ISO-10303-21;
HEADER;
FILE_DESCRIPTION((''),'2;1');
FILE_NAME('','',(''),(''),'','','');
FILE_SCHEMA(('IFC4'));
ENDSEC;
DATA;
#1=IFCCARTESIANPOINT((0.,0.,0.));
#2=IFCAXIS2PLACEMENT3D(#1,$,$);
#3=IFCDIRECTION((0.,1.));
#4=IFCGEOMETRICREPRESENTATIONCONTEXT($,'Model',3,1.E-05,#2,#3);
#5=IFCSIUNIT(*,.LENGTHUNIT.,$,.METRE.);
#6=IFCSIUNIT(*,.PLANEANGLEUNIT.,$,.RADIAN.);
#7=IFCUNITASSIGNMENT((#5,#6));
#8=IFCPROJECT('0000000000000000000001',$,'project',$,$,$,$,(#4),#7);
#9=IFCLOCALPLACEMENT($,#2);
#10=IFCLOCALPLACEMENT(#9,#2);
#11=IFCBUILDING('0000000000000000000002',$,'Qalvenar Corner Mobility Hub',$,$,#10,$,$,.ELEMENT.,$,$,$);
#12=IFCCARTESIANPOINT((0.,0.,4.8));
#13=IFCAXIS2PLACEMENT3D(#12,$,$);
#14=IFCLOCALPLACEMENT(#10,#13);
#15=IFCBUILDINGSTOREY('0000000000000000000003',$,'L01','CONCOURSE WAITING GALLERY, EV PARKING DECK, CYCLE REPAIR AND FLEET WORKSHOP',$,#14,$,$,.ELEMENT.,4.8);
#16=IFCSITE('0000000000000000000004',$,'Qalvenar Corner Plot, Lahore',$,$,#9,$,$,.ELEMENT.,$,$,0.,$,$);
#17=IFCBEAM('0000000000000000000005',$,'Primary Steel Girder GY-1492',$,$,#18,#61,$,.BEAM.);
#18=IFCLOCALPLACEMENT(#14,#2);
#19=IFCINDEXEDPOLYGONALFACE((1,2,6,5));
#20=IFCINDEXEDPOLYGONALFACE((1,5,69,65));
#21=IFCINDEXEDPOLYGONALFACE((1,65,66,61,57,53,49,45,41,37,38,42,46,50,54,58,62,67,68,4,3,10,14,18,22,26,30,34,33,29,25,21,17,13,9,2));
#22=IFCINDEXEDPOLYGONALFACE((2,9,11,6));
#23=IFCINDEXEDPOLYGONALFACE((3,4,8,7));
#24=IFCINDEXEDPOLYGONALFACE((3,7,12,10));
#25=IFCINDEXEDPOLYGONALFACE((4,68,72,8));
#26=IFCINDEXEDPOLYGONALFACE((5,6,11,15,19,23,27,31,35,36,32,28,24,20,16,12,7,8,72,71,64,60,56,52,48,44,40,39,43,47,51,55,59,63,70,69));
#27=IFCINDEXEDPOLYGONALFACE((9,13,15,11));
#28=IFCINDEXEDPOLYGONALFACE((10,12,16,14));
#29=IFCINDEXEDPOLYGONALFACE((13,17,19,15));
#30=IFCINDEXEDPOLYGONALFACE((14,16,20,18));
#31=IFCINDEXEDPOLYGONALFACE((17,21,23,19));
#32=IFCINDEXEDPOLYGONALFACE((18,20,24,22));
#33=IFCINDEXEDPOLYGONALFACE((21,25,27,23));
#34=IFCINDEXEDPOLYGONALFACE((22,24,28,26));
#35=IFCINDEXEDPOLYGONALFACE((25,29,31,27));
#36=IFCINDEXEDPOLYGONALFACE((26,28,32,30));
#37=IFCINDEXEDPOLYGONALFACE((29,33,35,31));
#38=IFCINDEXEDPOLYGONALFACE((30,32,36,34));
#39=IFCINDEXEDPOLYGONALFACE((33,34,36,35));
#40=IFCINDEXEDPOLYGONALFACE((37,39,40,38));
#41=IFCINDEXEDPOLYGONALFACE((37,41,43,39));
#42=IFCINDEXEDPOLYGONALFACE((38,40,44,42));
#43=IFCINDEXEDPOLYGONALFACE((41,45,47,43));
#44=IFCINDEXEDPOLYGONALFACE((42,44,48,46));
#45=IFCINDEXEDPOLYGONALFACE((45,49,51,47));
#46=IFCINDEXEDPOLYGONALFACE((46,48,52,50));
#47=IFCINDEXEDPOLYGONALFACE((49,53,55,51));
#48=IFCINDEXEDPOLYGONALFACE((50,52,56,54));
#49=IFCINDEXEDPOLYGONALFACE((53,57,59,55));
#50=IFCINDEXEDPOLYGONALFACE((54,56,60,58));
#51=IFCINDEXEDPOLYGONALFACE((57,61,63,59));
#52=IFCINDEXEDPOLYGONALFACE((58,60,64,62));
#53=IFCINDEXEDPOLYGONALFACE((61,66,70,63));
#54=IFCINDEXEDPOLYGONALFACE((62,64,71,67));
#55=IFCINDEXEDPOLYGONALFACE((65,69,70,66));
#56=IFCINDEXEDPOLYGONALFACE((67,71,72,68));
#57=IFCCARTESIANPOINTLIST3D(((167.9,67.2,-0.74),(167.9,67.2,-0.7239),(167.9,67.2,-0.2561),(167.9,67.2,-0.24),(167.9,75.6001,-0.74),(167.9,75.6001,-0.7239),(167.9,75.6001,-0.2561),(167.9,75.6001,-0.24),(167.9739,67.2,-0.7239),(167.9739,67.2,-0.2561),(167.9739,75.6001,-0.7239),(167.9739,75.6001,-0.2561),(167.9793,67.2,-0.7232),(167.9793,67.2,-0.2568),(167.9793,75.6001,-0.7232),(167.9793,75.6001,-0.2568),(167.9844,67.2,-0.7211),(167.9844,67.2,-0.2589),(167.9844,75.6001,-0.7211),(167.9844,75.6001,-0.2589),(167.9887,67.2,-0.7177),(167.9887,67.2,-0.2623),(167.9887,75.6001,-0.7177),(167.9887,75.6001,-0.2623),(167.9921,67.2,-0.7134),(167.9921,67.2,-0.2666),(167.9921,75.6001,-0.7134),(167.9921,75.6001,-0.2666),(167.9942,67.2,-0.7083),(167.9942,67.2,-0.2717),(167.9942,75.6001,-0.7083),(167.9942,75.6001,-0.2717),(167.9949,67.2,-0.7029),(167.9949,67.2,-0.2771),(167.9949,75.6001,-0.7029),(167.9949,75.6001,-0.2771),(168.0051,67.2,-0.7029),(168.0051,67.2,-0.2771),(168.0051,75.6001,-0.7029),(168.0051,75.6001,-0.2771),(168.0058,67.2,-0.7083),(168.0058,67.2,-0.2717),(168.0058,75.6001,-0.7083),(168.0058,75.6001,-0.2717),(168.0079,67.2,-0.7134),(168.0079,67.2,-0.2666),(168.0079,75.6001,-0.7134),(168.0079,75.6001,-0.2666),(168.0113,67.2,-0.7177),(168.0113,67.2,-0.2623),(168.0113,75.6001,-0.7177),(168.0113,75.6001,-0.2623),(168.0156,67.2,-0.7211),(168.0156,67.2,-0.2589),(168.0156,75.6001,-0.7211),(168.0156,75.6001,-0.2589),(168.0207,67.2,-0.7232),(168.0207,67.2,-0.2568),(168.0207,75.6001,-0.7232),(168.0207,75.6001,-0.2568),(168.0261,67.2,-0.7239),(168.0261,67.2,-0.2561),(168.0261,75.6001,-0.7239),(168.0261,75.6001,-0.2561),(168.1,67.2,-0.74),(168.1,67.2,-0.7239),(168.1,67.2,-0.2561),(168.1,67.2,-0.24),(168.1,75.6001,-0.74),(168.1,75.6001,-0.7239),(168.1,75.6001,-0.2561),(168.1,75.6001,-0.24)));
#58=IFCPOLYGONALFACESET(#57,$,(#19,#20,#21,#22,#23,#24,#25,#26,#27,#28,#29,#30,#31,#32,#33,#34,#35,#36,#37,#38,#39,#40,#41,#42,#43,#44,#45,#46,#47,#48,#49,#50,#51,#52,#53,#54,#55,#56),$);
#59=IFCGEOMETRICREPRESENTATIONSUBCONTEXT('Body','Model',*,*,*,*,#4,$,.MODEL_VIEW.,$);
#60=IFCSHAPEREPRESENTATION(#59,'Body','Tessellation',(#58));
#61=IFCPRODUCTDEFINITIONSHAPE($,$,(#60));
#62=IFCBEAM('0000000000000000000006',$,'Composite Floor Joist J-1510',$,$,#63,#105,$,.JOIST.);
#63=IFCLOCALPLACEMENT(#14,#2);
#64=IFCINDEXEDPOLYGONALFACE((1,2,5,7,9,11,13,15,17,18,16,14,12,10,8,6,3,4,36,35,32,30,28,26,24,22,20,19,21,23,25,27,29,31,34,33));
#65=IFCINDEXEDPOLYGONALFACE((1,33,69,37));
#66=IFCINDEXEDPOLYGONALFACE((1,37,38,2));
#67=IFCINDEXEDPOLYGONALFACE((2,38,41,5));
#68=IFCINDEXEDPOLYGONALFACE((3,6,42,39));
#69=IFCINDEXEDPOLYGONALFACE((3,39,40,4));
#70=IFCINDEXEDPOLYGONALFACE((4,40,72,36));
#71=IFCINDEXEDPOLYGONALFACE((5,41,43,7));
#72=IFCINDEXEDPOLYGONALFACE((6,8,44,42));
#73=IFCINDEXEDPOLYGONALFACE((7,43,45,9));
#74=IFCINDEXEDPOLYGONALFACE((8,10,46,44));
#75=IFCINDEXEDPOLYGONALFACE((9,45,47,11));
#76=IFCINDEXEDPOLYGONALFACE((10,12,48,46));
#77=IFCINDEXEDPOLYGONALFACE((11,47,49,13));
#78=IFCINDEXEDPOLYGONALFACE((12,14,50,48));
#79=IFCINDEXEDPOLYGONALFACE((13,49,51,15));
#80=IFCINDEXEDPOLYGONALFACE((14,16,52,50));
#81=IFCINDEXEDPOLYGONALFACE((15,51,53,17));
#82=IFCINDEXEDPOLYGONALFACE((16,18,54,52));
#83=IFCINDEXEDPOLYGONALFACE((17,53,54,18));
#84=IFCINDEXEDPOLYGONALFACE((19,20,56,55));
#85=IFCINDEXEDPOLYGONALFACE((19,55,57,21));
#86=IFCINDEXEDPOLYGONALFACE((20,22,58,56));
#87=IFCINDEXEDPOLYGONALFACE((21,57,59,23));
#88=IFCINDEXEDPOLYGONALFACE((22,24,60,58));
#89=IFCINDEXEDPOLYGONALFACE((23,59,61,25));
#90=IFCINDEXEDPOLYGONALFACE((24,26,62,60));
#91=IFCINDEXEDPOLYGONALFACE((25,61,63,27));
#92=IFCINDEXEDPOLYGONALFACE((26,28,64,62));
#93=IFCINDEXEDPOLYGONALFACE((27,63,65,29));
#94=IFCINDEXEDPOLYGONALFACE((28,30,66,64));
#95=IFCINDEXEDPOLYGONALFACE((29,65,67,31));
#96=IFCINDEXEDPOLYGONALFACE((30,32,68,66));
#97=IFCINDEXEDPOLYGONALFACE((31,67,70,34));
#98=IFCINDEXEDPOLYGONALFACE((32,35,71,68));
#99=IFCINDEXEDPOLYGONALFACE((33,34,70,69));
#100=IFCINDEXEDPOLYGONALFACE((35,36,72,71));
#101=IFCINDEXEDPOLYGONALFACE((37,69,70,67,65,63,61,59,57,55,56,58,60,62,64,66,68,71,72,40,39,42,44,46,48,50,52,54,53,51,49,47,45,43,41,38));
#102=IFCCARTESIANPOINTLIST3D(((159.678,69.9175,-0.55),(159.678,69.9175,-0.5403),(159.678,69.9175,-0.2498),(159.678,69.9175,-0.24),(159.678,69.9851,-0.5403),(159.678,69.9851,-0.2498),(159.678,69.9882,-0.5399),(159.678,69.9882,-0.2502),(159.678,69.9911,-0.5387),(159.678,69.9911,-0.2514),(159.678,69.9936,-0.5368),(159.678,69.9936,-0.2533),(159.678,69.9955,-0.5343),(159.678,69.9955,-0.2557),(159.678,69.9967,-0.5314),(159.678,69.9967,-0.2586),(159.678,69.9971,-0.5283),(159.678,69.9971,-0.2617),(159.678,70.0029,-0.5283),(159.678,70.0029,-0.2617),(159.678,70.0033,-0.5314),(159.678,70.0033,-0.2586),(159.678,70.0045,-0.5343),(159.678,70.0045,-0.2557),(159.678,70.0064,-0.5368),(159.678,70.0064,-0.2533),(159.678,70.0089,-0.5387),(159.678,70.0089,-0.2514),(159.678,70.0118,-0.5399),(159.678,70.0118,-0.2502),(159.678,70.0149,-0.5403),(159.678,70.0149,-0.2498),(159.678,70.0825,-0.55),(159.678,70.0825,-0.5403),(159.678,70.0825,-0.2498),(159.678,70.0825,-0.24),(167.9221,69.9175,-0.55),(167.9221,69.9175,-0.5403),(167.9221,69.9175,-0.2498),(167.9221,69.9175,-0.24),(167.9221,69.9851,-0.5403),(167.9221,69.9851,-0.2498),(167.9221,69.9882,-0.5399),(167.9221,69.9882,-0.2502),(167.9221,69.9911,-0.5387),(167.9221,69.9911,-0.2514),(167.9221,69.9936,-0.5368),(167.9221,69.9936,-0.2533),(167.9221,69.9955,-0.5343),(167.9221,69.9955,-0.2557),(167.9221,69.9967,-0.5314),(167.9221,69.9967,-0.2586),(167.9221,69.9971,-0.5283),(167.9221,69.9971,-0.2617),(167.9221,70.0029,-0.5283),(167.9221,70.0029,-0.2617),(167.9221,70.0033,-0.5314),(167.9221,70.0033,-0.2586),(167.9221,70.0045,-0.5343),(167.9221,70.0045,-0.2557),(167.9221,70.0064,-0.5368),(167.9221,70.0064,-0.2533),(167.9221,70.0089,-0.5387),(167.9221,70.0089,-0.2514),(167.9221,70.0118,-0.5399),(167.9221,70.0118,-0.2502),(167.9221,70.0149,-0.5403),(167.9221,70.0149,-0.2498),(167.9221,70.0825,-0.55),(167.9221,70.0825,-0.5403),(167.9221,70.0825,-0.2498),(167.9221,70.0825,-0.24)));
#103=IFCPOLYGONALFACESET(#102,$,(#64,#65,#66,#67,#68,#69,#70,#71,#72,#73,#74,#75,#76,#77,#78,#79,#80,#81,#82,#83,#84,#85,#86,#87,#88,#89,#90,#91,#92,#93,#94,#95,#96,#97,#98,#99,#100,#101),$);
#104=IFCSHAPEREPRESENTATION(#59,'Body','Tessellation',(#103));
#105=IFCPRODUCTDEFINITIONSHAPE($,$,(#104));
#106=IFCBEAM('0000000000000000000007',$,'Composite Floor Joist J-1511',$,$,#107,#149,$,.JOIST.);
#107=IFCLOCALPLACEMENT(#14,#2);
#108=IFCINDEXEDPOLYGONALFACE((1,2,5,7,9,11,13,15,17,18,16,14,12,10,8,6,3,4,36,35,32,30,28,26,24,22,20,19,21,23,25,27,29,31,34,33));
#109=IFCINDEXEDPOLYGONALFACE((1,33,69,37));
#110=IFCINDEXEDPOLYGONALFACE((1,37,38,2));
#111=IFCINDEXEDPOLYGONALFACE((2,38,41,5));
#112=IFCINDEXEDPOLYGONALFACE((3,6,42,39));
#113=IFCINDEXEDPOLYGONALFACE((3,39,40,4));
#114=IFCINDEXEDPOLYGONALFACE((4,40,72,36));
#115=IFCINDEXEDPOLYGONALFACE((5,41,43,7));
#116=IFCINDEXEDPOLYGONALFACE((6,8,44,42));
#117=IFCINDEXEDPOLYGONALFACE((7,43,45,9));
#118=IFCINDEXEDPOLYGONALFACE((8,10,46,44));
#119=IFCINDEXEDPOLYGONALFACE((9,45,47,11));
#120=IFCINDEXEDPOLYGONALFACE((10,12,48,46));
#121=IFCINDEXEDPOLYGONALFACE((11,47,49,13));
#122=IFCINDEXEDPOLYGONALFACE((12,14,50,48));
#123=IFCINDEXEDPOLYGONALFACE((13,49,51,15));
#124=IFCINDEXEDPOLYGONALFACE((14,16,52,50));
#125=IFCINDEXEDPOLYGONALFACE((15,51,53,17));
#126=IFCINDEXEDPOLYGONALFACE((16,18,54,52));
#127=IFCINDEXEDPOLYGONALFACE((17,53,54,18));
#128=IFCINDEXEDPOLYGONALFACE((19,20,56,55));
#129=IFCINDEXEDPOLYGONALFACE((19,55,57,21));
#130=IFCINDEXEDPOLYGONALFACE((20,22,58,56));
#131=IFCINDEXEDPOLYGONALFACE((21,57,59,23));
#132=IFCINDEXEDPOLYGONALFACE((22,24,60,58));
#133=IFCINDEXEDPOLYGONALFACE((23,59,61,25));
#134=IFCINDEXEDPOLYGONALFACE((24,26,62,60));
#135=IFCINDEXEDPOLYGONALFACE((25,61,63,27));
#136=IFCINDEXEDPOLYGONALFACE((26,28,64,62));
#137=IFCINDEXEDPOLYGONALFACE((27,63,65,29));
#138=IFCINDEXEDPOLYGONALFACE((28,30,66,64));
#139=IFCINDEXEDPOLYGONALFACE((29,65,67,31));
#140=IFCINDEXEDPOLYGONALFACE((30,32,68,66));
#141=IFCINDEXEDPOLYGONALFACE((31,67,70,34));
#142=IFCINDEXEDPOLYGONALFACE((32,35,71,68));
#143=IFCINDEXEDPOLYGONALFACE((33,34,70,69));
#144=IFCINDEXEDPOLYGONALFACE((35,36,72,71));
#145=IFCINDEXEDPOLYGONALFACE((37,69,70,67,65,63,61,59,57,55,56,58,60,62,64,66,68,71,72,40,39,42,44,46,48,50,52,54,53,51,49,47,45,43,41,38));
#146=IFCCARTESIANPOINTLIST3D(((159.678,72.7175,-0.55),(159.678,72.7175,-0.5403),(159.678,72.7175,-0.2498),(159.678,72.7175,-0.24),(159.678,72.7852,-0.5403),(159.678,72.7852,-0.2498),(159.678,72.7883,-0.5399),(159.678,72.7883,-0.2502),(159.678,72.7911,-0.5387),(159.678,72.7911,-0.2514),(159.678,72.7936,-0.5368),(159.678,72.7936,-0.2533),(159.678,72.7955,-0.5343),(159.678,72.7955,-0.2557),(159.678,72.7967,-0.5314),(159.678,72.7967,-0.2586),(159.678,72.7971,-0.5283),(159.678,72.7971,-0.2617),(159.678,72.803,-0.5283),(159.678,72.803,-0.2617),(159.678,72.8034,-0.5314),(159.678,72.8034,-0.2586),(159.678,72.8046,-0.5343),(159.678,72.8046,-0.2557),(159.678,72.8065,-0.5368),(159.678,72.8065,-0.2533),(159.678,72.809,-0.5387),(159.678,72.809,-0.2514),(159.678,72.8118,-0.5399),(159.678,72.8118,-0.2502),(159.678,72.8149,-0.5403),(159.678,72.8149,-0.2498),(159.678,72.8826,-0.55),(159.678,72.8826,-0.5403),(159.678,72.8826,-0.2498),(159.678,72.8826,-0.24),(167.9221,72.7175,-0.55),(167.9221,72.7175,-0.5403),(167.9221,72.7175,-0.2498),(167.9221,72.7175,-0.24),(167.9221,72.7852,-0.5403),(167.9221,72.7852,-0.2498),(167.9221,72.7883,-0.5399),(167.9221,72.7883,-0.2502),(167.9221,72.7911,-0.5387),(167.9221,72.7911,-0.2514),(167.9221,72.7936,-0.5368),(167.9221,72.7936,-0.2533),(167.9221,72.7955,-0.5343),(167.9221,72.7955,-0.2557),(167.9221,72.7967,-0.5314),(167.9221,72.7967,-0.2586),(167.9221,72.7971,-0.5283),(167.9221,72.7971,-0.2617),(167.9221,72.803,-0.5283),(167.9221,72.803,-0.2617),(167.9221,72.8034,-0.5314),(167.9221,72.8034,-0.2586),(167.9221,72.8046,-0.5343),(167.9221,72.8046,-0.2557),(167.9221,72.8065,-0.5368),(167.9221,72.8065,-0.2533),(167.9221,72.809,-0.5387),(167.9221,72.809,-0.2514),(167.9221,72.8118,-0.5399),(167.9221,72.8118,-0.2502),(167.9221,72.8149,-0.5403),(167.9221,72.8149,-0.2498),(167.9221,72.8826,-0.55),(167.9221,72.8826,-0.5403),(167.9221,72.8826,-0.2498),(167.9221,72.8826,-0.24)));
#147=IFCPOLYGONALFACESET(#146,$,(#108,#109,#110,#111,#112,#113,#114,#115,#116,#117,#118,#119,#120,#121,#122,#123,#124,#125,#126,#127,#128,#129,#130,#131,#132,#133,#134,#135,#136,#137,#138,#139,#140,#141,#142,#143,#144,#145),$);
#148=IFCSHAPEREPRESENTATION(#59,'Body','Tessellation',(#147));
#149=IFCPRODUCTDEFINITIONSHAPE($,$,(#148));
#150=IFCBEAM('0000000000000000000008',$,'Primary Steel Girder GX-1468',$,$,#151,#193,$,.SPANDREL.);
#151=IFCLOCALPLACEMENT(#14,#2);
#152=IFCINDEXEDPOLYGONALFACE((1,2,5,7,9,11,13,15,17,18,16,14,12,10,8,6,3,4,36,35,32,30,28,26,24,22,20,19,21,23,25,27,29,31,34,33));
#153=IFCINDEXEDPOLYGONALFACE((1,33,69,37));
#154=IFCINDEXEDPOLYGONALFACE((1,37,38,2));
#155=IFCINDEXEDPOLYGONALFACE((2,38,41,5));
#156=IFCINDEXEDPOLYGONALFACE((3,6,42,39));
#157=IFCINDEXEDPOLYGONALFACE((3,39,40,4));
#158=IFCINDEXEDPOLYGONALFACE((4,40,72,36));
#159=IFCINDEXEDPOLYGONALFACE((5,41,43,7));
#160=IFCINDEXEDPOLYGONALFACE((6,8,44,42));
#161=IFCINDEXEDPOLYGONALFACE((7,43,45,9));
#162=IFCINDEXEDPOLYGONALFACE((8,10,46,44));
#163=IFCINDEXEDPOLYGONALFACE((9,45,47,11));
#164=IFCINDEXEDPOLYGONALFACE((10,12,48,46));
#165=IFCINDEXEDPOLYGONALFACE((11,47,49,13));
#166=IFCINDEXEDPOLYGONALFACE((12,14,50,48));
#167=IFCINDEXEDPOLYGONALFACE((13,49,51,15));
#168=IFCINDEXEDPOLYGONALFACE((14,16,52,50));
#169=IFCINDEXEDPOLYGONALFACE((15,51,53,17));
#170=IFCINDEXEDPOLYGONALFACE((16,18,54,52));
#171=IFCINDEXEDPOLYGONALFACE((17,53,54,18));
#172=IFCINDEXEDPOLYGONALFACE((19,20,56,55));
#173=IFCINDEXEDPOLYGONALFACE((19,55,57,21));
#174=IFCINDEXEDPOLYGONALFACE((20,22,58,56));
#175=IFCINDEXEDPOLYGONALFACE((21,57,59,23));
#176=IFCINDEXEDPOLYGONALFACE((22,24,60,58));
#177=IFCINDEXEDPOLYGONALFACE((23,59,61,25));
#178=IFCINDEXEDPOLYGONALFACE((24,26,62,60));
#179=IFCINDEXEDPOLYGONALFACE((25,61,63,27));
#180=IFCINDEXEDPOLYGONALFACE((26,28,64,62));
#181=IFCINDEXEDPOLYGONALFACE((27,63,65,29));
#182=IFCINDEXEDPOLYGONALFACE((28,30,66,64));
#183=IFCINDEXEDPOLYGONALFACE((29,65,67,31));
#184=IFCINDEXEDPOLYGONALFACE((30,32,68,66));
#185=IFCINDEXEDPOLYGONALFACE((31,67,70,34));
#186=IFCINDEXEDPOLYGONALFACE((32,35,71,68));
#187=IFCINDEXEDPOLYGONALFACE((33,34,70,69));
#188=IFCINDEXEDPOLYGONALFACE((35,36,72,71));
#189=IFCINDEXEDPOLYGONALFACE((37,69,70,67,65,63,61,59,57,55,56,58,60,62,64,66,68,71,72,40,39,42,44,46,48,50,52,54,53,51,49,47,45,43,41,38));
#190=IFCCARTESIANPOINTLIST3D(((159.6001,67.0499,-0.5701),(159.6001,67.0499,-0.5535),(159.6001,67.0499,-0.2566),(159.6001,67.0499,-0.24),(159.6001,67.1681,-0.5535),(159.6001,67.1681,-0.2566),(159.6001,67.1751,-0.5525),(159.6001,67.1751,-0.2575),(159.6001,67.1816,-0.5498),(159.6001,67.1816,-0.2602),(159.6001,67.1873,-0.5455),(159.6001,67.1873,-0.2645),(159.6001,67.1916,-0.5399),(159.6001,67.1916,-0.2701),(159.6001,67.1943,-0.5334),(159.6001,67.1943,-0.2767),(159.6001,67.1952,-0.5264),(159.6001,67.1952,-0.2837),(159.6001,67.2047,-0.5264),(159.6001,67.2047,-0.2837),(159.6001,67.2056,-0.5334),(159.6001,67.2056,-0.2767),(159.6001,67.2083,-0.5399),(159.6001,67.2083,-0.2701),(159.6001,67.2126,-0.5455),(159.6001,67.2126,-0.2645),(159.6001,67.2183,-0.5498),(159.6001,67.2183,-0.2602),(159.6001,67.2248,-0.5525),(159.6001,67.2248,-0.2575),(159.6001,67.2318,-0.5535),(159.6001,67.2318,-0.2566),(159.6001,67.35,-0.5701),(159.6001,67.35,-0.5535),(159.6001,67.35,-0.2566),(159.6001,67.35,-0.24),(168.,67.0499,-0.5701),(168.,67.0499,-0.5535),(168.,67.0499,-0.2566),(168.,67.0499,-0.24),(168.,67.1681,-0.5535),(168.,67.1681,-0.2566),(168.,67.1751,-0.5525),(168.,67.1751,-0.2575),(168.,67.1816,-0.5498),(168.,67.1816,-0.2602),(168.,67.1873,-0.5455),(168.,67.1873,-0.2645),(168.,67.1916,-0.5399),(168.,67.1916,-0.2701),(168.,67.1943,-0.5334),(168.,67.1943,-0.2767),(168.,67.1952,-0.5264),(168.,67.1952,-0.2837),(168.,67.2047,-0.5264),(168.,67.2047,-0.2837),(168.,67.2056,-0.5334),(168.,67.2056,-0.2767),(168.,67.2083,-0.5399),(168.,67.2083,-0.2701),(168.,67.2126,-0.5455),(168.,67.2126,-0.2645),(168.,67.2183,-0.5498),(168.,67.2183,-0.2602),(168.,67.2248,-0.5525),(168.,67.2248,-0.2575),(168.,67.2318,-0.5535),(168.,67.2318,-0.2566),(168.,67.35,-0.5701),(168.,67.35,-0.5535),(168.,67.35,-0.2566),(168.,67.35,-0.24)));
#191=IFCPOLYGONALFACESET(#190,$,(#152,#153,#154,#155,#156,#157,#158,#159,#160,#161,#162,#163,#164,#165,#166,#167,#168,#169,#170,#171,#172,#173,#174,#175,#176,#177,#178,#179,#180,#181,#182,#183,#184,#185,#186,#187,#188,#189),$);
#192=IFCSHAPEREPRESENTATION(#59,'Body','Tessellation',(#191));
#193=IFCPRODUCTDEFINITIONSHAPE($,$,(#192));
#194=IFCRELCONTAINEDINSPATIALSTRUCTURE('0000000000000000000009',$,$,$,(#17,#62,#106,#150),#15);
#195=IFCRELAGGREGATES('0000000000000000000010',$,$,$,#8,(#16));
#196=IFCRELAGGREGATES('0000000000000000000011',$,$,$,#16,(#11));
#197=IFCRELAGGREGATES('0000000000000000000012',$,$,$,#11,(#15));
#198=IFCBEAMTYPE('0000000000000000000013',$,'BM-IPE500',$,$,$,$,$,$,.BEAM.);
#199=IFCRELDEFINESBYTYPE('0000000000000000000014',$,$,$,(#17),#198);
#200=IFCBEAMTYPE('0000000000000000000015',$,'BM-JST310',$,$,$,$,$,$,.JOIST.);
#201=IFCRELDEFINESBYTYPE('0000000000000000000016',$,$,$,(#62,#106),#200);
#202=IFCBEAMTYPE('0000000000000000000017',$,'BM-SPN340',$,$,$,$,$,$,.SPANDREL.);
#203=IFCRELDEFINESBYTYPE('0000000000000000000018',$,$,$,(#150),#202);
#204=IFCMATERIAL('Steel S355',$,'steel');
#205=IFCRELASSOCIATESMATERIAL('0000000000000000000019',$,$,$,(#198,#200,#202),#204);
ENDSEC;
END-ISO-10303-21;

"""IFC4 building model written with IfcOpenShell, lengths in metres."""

from ifc_helpers import new_model, si_unit, direction, frame, origin, origin_2d, place, context, subcontext, project, spatial, i_section, extrude, material, material_profile, profile_set, type_object, element, save


model = new_model("IFC4")

# Units and contexts
model_context = context("Model", 3, precision=1e-05, world=origin(), true_north=direction((0.0, 1.0)))
body_context = subcontext(model_context, "Body", "Model", "MODEL_VIEW")
ifc_project = project(units=[si_unit("LENGTHUNIT", "METRE"), si_unit("PLANEANGLEUNIT", "RADIAN")], contexts=[model_context])

# Site, building, storey
site_placement = place(None, origin())
site = spatial("IfcSite", under=ifc_project, at=site_placement, Name="Qalvenar Corner Plot, Lahore", CompositionType="ELEMENT", RefElevation=0.0)
building_placement = place(site_placement, origin())
building = spatial("IfcBuilding", under=site, at=building_placement, Name="Qalvenar Corner Mobility Hub", CompositionType="ELEMENT")
storey_placement = place(building_placement, frame((0.0, 0.0, 4.8)))
storey = spatial("IfcBuildingStorey", under=building, at=storey_placement, Name="L01", Description="CONCOURSE WAITING GALLERY, EV PARKING DECK, CYCLE REPAIR AND FLEET WORKSHOP", CompositionType="ELEMENT", Elevation=4.8)

# Shared definitions
ifc_material_1 = material(Name="Steel S355", Category="steel")

# Beams
ifc_material_profile_1 = material_profile(ifc_material_1, i_section(OverallWidth=0.2, OverallDepth=0.5, WebThickness=0.0103, FlangeThickness=0.0161, FilletRadius=0.021, at=origin_2d()), Name="IPE500")
ifc_profile_set_1 = profile_set([ifc_material_profile_1], Name="Steel S355")
beam_type_1 = type_object("IfcBeamType", Name="BM-IPE500", PredefinedType="BEAM", material=ifc_profile_set_1)
for number, where, z_axis, x_axis, name in (
    (1, (168.0, 67.2, -0.49), (0.0, 1.0, 0.0), (-1.0, 0.0, 0.0), "Primary Steel Girder GY-1492"),
):
    element("IfcBeam", number, at=place(storey_placement, frame(where, z_axis=z_axis, x_axis=x_axis)), inside=storey, type_object=beam_type_1, Name=name, PredefinedType="BEAM", context=body_context, shape_type="SweptSolid", body=[
        extrude(i_section(OverallWidth=0.2, OverallDepth=0.5, WebThickness=0.0103, FlangeThickness=0.0161, FilletRadius=0.021, at=origin_2d()), origin(), (0.0, 0.0, 1.0), 8.4001),
    ])
ifc_material_profile_2 = material_profile(ifc_material_1, i_section(OverallWidth=0.165, OverallDepth=0.3101, WebThickness=0.0059, FlangeThickness=0.0098, FilletRadius=0.012, at=origin_2d()), Name="W310x38.7")
ifc_profile_set_2 = profile_set([ifc_material_profile_2], Name="Steel S355")
beam_type_2 = type_object("IfcBeamType", Name="BM-JST310", PredefinedType="JOIST", material=ifc_profile_set_2)
for number, where, z_axis, x_axis, name in (
    (2, (159.678, 70.0, -0.395), (1.0, 0.0, 0.0), (0.0, 1.0, 0.0), "Composite Floor Joist J-1510"),
    (3, (159.678, 72.8, -0.395), (1.0, 0.0, 0.0), (0.0, 1.0, 0.0), "Composite Floor Joist J-1511"),
):
    element("IfcBeam", number, at=place(storey_placement, frame(where, z_axis=z_axis, x_axis=x_axis)), inside=storey, type_object=beam_type_2, Name=name, PredefinedType="JOIST", context=body_context, shape_type="SweptSolid", body=[
        extrude(i_section(OverallWidth=0.165, OverallDepth=0.3101, WebThickness=0.0059, FlangeThickness=0.0098, FilletRadius=0.012, at=origin_2d()), origin(), (0.0, 0.0, 1.0), 8.2441),
    ])
ifc_material_profile_3 = material_profile(ifc_material_1, i_section(OverallWidth=0.3, OverallDepth=0.3301, WebThickness=0.0095, FlangeThickness=0.0166, FilletRadius=0.0271, at=origin_2d()), Name="HEA340")
ifc_profile_set_3 = profile_set([ifc_material_profile_3], Name="Steel S355")
beam_type_3 = type_object("IfcBeamType", Name="BM-SPN340", PredefinedType="SPANDREL", material=ifc_profile_set_3)
beam_1_placement = place(storey_placement, frame((159.6001, 67.2, -0.405), z_axis=(1.0, 0.0, 0.0), x_axis=(0.0, 1.0, 0.0)))
element("IfcBeam", 4, at=beam_1_placement, inside=storey, type_object=beam_type_3, Name="Primary Steel Girder GX-1468", PredefinedType="SPANDREL", context=body_context, shape_type="SweptSolid", body=[
    extrude(i_section(OverallWidth=0.3, OverallDepth=0.3301, WebThickness=0.0095, FlangeThickness=0.0166, FilletRadius=0.0271, at=origin_2d()), origin(), (0.0, 0.0, 1.0), 8.3999),
])

save(model, "model.ifc")
